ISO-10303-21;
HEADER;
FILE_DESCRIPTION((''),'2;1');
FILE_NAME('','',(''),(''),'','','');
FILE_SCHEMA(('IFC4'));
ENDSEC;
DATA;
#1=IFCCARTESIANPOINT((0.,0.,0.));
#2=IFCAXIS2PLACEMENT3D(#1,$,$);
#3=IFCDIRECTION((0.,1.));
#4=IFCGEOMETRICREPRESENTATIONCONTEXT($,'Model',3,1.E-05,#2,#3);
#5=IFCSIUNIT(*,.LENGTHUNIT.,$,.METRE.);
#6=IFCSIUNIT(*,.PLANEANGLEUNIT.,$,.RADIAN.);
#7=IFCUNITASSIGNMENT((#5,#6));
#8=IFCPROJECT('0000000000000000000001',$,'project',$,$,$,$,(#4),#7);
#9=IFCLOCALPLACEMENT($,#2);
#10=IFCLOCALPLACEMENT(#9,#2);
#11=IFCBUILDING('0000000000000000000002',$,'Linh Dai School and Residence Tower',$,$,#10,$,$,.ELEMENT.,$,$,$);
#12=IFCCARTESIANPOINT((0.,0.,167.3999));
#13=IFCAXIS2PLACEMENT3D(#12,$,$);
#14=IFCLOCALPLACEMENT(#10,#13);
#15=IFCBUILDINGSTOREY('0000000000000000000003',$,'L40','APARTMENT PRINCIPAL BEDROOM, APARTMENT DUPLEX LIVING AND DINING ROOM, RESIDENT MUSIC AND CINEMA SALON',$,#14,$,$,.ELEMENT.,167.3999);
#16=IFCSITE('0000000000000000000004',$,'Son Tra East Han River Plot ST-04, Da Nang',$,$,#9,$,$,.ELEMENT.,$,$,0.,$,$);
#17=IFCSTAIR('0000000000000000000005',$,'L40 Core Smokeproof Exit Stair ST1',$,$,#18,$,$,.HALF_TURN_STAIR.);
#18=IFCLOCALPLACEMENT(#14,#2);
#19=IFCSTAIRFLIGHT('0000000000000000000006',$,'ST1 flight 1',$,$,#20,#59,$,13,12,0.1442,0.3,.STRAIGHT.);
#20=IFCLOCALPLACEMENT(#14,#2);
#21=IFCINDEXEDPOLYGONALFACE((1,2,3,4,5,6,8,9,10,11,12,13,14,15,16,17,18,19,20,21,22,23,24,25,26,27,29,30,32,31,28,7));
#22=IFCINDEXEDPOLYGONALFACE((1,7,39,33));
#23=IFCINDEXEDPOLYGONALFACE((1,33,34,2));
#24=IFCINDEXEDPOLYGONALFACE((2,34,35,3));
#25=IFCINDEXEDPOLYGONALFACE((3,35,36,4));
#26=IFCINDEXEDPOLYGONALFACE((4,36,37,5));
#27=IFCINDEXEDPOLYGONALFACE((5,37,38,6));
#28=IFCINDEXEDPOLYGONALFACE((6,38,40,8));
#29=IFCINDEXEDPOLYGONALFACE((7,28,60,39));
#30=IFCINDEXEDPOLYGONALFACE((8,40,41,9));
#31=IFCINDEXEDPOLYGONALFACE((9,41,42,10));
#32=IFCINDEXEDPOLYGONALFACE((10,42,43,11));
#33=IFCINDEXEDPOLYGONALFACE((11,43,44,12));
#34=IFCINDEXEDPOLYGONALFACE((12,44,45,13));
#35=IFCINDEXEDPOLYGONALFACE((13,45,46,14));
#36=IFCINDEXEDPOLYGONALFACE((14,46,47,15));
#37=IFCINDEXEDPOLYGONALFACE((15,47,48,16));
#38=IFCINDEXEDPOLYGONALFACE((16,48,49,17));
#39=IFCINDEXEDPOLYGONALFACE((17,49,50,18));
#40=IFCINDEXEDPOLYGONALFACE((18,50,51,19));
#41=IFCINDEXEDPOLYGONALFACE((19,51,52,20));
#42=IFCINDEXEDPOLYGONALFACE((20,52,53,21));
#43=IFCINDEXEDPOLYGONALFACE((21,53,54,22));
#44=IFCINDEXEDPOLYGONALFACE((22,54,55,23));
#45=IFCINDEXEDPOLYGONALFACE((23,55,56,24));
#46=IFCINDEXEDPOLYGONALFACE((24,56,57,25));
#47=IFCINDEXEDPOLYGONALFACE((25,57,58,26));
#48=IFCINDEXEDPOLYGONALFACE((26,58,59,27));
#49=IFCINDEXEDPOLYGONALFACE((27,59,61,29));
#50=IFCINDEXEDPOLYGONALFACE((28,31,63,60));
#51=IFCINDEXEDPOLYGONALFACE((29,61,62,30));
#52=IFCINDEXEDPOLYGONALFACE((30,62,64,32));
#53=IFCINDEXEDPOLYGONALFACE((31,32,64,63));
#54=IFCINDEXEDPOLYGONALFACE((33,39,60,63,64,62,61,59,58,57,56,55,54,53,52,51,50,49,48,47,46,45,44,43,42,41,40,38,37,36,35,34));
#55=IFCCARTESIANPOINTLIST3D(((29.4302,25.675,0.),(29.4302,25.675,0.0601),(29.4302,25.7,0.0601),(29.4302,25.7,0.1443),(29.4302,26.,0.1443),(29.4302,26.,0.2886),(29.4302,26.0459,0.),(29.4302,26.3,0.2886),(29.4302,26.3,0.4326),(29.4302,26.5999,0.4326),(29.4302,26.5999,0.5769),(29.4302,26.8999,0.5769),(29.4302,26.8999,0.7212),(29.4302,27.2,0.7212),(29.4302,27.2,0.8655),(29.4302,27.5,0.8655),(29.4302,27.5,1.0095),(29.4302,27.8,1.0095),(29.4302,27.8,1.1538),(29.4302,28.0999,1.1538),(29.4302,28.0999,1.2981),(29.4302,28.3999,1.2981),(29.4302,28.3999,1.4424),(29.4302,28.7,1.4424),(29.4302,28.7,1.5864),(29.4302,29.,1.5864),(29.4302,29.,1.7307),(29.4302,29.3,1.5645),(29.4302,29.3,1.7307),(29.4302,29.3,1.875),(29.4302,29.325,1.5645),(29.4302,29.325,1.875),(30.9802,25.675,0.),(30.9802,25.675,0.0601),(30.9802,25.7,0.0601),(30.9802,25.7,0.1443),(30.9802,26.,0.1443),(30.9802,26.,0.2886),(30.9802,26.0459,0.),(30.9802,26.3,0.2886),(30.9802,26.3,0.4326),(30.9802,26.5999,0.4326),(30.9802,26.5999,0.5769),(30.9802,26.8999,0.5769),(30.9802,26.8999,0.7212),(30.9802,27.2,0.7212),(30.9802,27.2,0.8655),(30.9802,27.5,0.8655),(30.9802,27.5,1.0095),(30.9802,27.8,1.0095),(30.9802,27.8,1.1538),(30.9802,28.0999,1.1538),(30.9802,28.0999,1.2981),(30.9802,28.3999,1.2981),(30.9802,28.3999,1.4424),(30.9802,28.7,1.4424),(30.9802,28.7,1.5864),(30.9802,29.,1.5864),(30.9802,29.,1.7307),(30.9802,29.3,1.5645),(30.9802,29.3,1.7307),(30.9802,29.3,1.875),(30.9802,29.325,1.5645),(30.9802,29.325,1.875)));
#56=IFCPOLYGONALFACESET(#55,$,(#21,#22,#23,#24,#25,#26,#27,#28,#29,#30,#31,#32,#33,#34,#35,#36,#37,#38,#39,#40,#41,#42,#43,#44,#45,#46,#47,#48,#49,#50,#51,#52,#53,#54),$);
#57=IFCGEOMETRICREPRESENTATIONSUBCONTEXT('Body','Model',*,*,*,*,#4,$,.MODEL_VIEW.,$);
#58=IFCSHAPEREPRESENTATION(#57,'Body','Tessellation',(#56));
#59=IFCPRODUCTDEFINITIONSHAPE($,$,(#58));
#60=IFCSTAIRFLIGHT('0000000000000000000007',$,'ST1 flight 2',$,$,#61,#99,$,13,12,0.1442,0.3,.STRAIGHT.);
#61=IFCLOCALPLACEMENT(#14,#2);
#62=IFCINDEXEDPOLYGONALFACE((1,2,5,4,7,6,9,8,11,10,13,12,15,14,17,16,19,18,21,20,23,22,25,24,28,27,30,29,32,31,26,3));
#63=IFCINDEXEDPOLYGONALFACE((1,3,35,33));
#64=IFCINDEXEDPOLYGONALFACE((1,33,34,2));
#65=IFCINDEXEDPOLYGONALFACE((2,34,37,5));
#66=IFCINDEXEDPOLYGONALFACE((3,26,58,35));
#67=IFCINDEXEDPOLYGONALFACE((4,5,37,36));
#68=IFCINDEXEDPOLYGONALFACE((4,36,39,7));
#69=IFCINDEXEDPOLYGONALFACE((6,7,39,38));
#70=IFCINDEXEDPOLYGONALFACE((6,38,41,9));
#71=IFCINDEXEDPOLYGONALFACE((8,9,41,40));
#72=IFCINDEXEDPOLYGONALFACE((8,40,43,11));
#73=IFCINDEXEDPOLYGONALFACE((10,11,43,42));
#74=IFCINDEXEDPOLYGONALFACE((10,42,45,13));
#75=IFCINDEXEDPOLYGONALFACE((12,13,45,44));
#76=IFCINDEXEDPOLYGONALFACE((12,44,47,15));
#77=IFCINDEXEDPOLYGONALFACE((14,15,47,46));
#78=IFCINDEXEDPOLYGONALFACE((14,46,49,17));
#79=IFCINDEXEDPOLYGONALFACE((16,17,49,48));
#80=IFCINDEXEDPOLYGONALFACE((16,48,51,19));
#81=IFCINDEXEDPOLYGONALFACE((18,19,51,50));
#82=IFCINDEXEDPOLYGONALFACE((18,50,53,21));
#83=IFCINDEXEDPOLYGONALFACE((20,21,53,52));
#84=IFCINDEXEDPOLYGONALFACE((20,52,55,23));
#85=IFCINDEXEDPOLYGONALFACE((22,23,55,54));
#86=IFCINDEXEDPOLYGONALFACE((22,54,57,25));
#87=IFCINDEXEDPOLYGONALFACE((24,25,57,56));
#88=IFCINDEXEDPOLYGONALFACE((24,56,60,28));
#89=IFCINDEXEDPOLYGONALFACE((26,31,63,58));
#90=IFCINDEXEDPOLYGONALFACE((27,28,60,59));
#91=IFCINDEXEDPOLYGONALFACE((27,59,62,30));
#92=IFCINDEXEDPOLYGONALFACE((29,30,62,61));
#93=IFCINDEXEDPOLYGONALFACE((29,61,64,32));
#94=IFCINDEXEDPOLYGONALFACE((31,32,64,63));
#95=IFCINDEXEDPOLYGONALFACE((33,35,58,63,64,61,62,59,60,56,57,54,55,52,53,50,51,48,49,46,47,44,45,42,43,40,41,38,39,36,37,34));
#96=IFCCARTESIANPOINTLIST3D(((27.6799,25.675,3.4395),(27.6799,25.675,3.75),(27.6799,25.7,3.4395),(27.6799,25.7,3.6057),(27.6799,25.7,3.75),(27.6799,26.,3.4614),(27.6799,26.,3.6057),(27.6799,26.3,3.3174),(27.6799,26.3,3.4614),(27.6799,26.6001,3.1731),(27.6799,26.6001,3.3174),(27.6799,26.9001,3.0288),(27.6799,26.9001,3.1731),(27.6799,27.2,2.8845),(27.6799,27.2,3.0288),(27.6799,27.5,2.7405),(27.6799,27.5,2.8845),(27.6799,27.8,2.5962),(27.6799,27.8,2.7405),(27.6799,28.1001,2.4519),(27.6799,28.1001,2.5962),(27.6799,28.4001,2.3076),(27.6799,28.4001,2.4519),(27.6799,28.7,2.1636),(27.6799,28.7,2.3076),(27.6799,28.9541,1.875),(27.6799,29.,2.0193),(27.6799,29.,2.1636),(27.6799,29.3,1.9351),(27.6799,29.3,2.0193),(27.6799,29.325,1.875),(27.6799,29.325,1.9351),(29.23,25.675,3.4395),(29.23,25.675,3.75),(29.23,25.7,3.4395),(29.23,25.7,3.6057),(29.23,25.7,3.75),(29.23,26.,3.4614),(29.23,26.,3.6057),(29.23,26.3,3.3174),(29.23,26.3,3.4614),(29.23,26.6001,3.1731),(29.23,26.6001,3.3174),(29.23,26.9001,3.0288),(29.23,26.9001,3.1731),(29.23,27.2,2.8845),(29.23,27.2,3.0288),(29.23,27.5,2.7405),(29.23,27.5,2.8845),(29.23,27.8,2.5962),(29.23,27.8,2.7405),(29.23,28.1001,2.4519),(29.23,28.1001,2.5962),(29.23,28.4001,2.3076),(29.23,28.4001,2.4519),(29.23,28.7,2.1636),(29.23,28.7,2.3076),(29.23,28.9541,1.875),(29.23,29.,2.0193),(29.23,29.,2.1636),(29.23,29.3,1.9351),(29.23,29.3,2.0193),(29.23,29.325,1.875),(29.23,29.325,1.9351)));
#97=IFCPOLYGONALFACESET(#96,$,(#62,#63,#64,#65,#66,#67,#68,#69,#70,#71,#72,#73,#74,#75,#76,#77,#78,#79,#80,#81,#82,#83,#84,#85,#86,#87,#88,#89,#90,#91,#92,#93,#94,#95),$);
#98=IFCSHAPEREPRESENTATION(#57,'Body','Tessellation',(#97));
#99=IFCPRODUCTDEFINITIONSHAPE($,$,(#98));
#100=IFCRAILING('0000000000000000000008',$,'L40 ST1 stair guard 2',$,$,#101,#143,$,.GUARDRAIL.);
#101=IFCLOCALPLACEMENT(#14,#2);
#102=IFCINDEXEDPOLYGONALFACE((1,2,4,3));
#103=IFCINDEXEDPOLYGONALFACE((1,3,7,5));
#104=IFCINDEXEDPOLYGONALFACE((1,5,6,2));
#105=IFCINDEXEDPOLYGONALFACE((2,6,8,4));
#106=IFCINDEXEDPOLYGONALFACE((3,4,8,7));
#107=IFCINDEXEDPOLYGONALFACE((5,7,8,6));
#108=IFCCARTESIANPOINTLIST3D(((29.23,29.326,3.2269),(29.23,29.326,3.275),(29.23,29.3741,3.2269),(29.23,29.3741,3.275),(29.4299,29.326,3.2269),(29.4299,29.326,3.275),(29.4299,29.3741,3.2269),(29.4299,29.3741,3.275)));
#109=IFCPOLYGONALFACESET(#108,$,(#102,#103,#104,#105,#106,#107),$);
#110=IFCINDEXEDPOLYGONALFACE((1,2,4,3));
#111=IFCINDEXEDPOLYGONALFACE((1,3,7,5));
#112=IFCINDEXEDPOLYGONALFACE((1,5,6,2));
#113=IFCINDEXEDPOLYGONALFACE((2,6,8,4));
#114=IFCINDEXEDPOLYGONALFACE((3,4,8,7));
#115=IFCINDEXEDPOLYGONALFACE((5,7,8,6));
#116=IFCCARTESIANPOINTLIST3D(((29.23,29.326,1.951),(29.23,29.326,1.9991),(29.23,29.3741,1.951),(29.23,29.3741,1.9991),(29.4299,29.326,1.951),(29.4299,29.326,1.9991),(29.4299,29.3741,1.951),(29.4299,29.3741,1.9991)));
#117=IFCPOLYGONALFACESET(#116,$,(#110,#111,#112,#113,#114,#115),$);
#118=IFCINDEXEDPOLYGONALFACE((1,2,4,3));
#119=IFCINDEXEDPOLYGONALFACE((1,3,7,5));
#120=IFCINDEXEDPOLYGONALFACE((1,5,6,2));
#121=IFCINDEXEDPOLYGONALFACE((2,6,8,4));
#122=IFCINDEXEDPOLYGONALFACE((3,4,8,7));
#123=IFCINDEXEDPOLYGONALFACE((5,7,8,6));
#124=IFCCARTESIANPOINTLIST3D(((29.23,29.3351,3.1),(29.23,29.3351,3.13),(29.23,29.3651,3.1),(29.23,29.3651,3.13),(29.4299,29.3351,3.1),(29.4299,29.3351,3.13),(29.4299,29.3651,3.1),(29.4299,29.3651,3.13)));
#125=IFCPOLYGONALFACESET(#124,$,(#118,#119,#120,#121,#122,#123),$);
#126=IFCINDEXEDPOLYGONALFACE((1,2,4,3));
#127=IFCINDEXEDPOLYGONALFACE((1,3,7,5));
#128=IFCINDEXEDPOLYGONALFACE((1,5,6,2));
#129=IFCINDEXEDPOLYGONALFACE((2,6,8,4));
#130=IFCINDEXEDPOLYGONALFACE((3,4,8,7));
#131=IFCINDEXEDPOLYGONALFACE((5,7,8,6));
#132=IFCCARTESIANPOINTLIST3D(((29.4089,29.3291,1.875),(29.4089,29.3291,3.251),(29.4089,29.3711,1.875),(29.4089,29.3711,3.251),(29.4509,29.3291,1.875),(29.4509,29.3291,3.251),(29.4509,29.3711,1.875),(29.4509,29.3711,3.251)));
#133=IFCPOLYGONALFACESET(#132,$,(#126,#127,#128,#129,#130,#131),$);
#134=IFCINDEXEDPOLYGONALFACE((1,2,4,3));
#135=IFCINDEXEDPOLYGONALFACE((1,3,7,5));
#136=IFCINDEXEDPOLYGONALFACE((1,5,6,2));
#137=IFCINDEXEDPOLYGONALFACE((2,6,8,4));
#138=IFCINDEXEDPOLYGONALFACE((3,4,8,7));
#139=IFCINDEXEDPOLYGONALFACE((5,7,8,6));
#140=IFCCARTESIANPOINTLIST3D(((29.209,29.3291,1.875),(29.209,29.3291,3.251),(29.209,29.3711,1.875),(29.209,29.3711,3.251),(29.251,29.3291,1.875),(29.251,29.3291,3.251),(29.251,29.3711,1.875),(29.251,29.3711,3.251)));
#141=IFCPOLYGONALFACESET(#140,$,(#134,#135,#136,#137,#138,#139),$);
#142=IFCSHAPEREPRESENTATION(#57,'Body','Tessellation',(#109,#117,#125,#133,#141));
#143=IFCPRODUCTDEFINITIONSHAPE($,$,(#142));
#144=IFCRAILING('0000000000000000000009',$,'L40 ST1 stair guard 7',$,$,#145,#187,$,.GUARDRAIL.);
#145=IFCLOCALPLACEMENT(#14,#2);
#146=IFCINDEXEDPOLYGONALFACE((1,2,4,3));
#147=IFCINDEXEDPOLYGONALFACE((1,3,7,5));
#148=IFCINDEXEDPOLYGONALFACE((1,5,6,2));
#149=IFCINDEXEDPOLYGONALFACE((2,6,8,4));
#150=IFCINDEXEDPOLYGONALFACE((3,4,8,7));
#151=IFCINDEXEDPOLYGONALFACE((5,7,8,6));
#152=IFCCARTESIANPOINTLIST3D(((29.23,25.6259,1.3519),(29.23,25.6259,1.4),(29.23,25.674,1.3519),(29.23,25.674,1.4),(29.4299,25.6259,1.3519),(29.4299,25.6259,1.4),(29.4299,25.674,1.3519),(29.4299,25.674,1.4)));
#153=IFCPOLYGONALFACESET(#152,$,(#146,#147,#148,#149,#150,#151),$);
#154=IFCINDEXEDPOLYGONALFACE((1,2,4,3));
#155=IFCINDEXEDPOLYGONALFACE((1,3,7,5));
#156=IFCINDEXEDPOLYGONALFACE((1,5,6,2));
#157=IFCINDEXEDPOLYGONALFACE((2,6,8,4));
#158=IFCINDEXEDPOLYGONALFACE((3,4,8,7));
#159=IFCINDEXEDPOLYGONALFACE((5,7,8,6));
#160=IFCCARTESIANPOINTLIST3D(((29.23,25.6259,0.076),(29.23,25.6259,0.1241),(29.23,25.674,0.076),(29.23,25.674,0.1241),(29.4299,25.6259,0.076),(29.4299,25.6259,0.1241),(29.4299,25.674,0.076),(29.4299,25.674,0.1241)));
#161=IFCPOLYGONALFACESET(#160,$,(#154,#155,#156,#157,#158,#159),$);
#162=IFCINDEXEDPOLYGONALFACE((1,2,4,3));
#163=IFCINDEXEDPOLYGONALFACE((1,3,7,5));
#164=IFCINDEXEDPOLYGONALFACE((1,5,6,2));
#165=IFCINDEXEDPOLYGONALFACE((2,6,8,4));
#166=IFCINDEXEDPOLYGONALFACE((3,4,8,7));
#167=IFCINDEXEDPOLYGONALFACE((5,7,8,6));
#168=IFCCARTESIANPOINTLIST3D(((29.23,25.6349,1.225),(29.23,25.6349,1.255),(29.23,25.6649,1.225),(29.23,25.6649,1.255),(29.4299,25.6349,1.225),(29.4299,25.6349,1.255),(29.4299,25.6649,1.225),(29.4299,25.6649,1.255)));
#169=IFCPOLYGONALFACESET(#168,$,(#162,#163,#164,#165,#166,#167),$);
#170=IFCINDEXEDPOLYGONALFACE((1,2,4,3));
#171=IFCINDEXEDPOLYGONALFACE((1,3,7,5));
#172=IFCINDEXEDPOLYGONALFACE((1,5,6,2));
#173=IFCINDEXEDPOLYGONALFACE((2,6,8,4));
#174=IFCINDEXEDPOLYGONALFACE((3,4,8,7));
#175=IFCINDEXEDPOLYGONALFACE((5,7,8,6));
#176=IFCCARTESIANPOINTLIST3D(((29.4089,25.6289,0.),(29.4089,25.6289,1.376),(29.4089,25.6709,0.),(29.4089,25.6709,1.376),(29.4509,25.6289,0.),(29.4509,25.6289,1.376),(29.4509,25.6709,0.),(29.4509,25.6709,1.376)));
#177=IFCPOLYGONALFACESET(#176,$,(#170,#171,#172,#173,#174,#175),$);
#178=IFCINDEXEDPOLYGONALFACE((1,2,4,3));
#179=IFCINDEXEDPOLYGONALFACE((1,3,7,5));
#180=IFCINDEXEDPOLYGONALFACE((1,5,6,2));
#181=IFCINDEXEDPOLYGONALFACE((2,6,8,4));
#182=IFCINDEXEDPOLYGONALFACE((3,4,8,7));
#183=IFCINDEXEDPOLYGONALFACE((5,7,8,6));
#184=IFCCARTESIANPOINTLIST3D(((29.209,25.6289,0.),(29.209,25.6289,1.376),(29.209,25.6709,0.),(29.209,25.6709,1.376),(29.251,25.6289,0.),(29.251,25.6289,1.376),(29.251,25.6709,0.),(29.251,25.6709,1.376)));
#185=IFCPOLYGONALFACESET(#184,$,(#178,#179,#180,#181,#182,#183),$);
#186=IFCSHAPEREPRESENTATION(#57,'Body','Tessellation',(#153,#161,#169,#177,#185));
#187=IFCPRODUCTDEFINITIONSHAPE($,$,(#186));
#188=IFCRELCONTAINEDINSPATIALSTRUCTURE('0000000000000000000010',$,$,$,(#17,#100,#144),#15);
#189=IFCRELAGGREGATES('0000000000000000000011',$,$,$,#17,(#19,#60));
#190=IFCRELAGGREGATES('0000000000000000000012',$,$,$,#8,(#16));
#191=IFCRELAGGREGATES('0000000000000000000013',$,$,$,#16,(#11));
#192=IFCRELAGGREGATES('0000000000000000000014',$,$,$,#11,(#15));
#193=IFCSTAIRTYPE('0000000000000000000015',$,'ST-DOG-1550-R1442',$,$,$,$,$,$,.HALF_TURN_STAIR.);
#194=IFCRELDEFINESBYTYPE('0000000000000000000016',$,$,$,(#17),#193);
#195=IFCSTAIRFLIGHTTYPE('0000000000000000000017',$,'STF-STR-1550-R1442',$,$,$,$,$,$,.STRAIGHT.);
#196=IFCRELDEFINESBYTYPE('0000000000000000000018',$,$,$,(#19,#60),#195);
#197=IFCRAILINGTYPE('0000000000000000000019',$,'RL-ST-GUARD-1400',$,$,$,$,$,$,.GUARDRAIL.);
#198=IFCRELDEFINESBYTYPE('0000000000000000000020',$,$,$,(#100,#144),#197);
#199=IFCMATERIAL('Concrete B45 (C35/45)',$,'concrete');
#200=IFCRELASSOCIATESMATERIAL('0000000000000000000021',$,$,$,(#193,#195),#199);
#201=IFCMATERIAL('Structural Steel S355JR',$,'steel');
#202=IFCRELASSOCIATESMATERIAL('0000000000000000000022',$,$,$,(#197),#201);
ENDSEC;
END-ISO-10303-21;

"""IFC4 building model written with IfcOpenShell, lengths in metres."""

from ifc_helpers import new_model, si_unit, direction, frame, origin, origin_2d, place, context, subcontext, project, spatial, polyline, rectangle, outline, extrude, source, transform, mapped, material, type_object, element, aggregate, save


model = new_model("IFC4")

# Units and contexts
model_context = context("Model", 3, precision=1e-05, world=origin(), true_north=direction((0.0, 1.0)))
body_context = subcontext(model_context, "Body", "Model", "MODEL_VIEW")
ifc_project = project(units=[si_unit("LENGTHUNIT", "METRE"), si_unit("PLANEANGLEUNIT", "RADIAN")], contexts=[model_context])

# Site, building, storey
site_placement = place(None, origin())
site = spatial("IfcSite", under=ifc_project, at=site_placement, Name="Son Tra East Han River Plot ST-04, Da Nang", CompositionType="ELEMENT", RefElevation=0.0)
building_placement = place(site_placement, origin())
building = spatial("IfcBuilding", under=site, at=building_placement, Name="Linh Dai School and Residence Tower", CompositionType="ELEMENT")
storey_placement = place(building_placement, frame((0.0, 0.0, 167.3999)))
storey = spatial("IfcBuildingStorey", under=building, at=storey_placement, Name="L40", Description="APARTMENT PRINCIPAL BEDROOM, APARTMENT DUPLEX LIVING AND DINING ROOM, RESIDENT MUSIC AND CINEMA SALON", CompositionType="ELEMENT", Elevation=167.3999)

# Shared definitions
ifc_material_1 = material(Name="Concrete B45 (C35/45)", Category="concrete")

# Stair, stair flights
stair_type = type_object("IfcStairType", Name="ST-DOG-1550-R1442", PredefinedType="HALF_TURN_STAIR", material=ifc_material_1)
stair_placement = place(storey_placement, origin())
stair = element("IfcStair", 1, at=stair_placement, inside=storey, type_object=stair_type, Name="L40 Core Smokeproof Exit Stair ST1", PredefinedType="HALF_TURN_STAIR")
stair_flight_type = type_object("IfcStairFlightType", Name="STF-STR-1550-R1442", PredefinedType="STRAIGHT", material=ifc_material_1)
shared_shape_1 = source(origin(), body_context, "Body", "SweptSolid", [
    extrude(outline(polyline([(-0.0249, 0.0), (-0.0249, 0.0601), (0.0, 0.0601), (0.0, 0.1443), (0.3, 0.1443), (0.3, 0.2886), (0.6001, 0.2886), (0.6001, 0.4326), (0.8999, 0.4326), (0.8999, 0.5769), (1.2, 0.5769), (1.2, 0.7212), (1.5, 0.7212), (1.5, 0.8655), (1.8, 0.8655), (1.8, 1.0095), (2.1001, 1.0095), (2.1001, 1.1538), (2.3999, 1.1538), (2.3999, 1.2981), (2.7, 1.2981), (2.7, 1.4424), (3.0, 1.4424), (3.0, 1.5864), (3.3, 1.5864), (3.3, 1.7307), (3.6001, 1.7307), (3.6001, 1.875), (3.625, 1.875), (3.625, 1.5645), (3.6001, 1.5645), (0.3459, 0.0), (-0.0249, 0.0)])), frame((0.0, 0.7749, 0.0), z_axis=(0.0, -1.0, 0.0), x_axis=(1.0, 0.0, 0.0)), (0.0, 0.0, 1.0), 1.55),
])
stair_flight_1_placement = place(storey_placement, frame((30.2051, 25.7, 0.0), z_axis=(0.0, 0.0, 1.0), x_axis=(0.0, 1.0, 0.0)))
stair_flight_1 = element("IfcStairFlight", 2, at=stair_flight_1_placement, type_object=stair_flight_type, Name="ST1 flight 1", NumberOfRisers=13, NumberOfTreads=12, PredefinedType="STRAIGHT", RiserHeight=0.1442, TreadLength=0.3, context=body_context, shape_type="MappedRepresentation", body=[
    mapped(shared_shape_1, transform((0.0, 0.0, 0.0), x_axis=(1.0, 0.0, 0.0), y_axis=(0.0, 1.0, 0.0), z_axis=(0.0, 0.0, 1.0), scale=1.0)),
])
stair_flight_2_placement = place(storey_placement, frame((28.4551, 29.3, 1.875), z_axis=(0.0, 0.0, 1.0), x_axis=(0.0, -1.0, 0.0)))
stair_flight_2 = element("IfcStairFlight", 3, at=stair_flight_2_placement, type_object=stair_flight_type, Name="ST1 flight 2", NumberOfRisers=13, NumberOfTreads=12, PredefinedType="STRAIGHT", RiserHeight=0.1442, TreadLength=0.3, context=body_context, shape_type="MappedRepresentation", body=[
    mapped(shared_shape_1, transform((0.0, 0.0, 0.0), x_axis=(1.0, 0.0, 0.0), y_axis=(0.0, 1.0, 0.0), z_axis=(0.0, 0.0, 1.0), scale=1.0)),
])
aggregate(stair, [stair_flight_1, stair_flight_2])

# Railings
ifc_material_2 = material(Name="Structural Steel S355JR", Category="steel")
railing_type_1 = type_object("IfcRailingType", Name="RL-ST-GUARD-1400", PredefinedType="GUARDRAIL", material=ifc_material_2)
shared_shape_2 = source(origin(), body_context, "Body", "SweptSolid", [
    extrude(rectangle(XDim=0.0481, YDim=0.0481, at=origin_2d()), frame((0.0, 0.0, 1.376), z_axis=(-1.0, 0.0, 0.0), x_axis=(0.0, -1.0, 0.0)), (0.0, 0.0, 1.0), 0.2),
    extrude(rectangle(XDim=0.0481, YDim=0.0481, at=origin_2d()), frame((0.0, 0.0, 0.1001), z_axis=(-1.0, 0.0, 0.0), x_axis=(0.0, -1.0, 0.0)), (0.0, 0.0, 1.0), 0.2),
    extrude(rectangle(XDim=0.03, YDim=0.03, at=origin_2d()), frame((0.0, 0.0, 1.24), z_axis=(-1.0, 0.0, 0.0), x_axis=(0.0, -1.0, 0.0)), (0.0, 0.0, 1.0), 0.2),
    extrude(rectangle(XDim=0.042, YDim=0.042, at=origin_2d()), origin(), (0.0, 0.0, 1.0), 1.376),
    extrude(rectangle(XDim=0.042, YDim=0.042, at=origin_2d()), frame((-0.2, 0.0, 0.0)), (0.0, 0.0, 1.0), 1.376),
])
for number, where, name in (
    (4, (29.4299, 29.3501, 1.875), "L40 ST1 stair guard 2"),
    (5, (29.4299, 25.6499, 0.0), "L40 ST1 stair guard 7"),
):
    element("IfcRailing", number, at=place(storey_placement, frame(where)), inside=storey, type_object=railing_type_1, Name=name, PredefinedType="GUARDRAIL", context=body_context, shape_type="MappedRepresentation", body=[
        mapped(shared_shape_2, transform((0.0, 0.0, 0.0), x_axis=(1.0, 0.0, 0.0), y_axis=(0.0, 1.0, 0.0), z_axis=(0.0, 0.0, 1.0), scale=1.0)),
    ])

save(model, "model.ifc")
